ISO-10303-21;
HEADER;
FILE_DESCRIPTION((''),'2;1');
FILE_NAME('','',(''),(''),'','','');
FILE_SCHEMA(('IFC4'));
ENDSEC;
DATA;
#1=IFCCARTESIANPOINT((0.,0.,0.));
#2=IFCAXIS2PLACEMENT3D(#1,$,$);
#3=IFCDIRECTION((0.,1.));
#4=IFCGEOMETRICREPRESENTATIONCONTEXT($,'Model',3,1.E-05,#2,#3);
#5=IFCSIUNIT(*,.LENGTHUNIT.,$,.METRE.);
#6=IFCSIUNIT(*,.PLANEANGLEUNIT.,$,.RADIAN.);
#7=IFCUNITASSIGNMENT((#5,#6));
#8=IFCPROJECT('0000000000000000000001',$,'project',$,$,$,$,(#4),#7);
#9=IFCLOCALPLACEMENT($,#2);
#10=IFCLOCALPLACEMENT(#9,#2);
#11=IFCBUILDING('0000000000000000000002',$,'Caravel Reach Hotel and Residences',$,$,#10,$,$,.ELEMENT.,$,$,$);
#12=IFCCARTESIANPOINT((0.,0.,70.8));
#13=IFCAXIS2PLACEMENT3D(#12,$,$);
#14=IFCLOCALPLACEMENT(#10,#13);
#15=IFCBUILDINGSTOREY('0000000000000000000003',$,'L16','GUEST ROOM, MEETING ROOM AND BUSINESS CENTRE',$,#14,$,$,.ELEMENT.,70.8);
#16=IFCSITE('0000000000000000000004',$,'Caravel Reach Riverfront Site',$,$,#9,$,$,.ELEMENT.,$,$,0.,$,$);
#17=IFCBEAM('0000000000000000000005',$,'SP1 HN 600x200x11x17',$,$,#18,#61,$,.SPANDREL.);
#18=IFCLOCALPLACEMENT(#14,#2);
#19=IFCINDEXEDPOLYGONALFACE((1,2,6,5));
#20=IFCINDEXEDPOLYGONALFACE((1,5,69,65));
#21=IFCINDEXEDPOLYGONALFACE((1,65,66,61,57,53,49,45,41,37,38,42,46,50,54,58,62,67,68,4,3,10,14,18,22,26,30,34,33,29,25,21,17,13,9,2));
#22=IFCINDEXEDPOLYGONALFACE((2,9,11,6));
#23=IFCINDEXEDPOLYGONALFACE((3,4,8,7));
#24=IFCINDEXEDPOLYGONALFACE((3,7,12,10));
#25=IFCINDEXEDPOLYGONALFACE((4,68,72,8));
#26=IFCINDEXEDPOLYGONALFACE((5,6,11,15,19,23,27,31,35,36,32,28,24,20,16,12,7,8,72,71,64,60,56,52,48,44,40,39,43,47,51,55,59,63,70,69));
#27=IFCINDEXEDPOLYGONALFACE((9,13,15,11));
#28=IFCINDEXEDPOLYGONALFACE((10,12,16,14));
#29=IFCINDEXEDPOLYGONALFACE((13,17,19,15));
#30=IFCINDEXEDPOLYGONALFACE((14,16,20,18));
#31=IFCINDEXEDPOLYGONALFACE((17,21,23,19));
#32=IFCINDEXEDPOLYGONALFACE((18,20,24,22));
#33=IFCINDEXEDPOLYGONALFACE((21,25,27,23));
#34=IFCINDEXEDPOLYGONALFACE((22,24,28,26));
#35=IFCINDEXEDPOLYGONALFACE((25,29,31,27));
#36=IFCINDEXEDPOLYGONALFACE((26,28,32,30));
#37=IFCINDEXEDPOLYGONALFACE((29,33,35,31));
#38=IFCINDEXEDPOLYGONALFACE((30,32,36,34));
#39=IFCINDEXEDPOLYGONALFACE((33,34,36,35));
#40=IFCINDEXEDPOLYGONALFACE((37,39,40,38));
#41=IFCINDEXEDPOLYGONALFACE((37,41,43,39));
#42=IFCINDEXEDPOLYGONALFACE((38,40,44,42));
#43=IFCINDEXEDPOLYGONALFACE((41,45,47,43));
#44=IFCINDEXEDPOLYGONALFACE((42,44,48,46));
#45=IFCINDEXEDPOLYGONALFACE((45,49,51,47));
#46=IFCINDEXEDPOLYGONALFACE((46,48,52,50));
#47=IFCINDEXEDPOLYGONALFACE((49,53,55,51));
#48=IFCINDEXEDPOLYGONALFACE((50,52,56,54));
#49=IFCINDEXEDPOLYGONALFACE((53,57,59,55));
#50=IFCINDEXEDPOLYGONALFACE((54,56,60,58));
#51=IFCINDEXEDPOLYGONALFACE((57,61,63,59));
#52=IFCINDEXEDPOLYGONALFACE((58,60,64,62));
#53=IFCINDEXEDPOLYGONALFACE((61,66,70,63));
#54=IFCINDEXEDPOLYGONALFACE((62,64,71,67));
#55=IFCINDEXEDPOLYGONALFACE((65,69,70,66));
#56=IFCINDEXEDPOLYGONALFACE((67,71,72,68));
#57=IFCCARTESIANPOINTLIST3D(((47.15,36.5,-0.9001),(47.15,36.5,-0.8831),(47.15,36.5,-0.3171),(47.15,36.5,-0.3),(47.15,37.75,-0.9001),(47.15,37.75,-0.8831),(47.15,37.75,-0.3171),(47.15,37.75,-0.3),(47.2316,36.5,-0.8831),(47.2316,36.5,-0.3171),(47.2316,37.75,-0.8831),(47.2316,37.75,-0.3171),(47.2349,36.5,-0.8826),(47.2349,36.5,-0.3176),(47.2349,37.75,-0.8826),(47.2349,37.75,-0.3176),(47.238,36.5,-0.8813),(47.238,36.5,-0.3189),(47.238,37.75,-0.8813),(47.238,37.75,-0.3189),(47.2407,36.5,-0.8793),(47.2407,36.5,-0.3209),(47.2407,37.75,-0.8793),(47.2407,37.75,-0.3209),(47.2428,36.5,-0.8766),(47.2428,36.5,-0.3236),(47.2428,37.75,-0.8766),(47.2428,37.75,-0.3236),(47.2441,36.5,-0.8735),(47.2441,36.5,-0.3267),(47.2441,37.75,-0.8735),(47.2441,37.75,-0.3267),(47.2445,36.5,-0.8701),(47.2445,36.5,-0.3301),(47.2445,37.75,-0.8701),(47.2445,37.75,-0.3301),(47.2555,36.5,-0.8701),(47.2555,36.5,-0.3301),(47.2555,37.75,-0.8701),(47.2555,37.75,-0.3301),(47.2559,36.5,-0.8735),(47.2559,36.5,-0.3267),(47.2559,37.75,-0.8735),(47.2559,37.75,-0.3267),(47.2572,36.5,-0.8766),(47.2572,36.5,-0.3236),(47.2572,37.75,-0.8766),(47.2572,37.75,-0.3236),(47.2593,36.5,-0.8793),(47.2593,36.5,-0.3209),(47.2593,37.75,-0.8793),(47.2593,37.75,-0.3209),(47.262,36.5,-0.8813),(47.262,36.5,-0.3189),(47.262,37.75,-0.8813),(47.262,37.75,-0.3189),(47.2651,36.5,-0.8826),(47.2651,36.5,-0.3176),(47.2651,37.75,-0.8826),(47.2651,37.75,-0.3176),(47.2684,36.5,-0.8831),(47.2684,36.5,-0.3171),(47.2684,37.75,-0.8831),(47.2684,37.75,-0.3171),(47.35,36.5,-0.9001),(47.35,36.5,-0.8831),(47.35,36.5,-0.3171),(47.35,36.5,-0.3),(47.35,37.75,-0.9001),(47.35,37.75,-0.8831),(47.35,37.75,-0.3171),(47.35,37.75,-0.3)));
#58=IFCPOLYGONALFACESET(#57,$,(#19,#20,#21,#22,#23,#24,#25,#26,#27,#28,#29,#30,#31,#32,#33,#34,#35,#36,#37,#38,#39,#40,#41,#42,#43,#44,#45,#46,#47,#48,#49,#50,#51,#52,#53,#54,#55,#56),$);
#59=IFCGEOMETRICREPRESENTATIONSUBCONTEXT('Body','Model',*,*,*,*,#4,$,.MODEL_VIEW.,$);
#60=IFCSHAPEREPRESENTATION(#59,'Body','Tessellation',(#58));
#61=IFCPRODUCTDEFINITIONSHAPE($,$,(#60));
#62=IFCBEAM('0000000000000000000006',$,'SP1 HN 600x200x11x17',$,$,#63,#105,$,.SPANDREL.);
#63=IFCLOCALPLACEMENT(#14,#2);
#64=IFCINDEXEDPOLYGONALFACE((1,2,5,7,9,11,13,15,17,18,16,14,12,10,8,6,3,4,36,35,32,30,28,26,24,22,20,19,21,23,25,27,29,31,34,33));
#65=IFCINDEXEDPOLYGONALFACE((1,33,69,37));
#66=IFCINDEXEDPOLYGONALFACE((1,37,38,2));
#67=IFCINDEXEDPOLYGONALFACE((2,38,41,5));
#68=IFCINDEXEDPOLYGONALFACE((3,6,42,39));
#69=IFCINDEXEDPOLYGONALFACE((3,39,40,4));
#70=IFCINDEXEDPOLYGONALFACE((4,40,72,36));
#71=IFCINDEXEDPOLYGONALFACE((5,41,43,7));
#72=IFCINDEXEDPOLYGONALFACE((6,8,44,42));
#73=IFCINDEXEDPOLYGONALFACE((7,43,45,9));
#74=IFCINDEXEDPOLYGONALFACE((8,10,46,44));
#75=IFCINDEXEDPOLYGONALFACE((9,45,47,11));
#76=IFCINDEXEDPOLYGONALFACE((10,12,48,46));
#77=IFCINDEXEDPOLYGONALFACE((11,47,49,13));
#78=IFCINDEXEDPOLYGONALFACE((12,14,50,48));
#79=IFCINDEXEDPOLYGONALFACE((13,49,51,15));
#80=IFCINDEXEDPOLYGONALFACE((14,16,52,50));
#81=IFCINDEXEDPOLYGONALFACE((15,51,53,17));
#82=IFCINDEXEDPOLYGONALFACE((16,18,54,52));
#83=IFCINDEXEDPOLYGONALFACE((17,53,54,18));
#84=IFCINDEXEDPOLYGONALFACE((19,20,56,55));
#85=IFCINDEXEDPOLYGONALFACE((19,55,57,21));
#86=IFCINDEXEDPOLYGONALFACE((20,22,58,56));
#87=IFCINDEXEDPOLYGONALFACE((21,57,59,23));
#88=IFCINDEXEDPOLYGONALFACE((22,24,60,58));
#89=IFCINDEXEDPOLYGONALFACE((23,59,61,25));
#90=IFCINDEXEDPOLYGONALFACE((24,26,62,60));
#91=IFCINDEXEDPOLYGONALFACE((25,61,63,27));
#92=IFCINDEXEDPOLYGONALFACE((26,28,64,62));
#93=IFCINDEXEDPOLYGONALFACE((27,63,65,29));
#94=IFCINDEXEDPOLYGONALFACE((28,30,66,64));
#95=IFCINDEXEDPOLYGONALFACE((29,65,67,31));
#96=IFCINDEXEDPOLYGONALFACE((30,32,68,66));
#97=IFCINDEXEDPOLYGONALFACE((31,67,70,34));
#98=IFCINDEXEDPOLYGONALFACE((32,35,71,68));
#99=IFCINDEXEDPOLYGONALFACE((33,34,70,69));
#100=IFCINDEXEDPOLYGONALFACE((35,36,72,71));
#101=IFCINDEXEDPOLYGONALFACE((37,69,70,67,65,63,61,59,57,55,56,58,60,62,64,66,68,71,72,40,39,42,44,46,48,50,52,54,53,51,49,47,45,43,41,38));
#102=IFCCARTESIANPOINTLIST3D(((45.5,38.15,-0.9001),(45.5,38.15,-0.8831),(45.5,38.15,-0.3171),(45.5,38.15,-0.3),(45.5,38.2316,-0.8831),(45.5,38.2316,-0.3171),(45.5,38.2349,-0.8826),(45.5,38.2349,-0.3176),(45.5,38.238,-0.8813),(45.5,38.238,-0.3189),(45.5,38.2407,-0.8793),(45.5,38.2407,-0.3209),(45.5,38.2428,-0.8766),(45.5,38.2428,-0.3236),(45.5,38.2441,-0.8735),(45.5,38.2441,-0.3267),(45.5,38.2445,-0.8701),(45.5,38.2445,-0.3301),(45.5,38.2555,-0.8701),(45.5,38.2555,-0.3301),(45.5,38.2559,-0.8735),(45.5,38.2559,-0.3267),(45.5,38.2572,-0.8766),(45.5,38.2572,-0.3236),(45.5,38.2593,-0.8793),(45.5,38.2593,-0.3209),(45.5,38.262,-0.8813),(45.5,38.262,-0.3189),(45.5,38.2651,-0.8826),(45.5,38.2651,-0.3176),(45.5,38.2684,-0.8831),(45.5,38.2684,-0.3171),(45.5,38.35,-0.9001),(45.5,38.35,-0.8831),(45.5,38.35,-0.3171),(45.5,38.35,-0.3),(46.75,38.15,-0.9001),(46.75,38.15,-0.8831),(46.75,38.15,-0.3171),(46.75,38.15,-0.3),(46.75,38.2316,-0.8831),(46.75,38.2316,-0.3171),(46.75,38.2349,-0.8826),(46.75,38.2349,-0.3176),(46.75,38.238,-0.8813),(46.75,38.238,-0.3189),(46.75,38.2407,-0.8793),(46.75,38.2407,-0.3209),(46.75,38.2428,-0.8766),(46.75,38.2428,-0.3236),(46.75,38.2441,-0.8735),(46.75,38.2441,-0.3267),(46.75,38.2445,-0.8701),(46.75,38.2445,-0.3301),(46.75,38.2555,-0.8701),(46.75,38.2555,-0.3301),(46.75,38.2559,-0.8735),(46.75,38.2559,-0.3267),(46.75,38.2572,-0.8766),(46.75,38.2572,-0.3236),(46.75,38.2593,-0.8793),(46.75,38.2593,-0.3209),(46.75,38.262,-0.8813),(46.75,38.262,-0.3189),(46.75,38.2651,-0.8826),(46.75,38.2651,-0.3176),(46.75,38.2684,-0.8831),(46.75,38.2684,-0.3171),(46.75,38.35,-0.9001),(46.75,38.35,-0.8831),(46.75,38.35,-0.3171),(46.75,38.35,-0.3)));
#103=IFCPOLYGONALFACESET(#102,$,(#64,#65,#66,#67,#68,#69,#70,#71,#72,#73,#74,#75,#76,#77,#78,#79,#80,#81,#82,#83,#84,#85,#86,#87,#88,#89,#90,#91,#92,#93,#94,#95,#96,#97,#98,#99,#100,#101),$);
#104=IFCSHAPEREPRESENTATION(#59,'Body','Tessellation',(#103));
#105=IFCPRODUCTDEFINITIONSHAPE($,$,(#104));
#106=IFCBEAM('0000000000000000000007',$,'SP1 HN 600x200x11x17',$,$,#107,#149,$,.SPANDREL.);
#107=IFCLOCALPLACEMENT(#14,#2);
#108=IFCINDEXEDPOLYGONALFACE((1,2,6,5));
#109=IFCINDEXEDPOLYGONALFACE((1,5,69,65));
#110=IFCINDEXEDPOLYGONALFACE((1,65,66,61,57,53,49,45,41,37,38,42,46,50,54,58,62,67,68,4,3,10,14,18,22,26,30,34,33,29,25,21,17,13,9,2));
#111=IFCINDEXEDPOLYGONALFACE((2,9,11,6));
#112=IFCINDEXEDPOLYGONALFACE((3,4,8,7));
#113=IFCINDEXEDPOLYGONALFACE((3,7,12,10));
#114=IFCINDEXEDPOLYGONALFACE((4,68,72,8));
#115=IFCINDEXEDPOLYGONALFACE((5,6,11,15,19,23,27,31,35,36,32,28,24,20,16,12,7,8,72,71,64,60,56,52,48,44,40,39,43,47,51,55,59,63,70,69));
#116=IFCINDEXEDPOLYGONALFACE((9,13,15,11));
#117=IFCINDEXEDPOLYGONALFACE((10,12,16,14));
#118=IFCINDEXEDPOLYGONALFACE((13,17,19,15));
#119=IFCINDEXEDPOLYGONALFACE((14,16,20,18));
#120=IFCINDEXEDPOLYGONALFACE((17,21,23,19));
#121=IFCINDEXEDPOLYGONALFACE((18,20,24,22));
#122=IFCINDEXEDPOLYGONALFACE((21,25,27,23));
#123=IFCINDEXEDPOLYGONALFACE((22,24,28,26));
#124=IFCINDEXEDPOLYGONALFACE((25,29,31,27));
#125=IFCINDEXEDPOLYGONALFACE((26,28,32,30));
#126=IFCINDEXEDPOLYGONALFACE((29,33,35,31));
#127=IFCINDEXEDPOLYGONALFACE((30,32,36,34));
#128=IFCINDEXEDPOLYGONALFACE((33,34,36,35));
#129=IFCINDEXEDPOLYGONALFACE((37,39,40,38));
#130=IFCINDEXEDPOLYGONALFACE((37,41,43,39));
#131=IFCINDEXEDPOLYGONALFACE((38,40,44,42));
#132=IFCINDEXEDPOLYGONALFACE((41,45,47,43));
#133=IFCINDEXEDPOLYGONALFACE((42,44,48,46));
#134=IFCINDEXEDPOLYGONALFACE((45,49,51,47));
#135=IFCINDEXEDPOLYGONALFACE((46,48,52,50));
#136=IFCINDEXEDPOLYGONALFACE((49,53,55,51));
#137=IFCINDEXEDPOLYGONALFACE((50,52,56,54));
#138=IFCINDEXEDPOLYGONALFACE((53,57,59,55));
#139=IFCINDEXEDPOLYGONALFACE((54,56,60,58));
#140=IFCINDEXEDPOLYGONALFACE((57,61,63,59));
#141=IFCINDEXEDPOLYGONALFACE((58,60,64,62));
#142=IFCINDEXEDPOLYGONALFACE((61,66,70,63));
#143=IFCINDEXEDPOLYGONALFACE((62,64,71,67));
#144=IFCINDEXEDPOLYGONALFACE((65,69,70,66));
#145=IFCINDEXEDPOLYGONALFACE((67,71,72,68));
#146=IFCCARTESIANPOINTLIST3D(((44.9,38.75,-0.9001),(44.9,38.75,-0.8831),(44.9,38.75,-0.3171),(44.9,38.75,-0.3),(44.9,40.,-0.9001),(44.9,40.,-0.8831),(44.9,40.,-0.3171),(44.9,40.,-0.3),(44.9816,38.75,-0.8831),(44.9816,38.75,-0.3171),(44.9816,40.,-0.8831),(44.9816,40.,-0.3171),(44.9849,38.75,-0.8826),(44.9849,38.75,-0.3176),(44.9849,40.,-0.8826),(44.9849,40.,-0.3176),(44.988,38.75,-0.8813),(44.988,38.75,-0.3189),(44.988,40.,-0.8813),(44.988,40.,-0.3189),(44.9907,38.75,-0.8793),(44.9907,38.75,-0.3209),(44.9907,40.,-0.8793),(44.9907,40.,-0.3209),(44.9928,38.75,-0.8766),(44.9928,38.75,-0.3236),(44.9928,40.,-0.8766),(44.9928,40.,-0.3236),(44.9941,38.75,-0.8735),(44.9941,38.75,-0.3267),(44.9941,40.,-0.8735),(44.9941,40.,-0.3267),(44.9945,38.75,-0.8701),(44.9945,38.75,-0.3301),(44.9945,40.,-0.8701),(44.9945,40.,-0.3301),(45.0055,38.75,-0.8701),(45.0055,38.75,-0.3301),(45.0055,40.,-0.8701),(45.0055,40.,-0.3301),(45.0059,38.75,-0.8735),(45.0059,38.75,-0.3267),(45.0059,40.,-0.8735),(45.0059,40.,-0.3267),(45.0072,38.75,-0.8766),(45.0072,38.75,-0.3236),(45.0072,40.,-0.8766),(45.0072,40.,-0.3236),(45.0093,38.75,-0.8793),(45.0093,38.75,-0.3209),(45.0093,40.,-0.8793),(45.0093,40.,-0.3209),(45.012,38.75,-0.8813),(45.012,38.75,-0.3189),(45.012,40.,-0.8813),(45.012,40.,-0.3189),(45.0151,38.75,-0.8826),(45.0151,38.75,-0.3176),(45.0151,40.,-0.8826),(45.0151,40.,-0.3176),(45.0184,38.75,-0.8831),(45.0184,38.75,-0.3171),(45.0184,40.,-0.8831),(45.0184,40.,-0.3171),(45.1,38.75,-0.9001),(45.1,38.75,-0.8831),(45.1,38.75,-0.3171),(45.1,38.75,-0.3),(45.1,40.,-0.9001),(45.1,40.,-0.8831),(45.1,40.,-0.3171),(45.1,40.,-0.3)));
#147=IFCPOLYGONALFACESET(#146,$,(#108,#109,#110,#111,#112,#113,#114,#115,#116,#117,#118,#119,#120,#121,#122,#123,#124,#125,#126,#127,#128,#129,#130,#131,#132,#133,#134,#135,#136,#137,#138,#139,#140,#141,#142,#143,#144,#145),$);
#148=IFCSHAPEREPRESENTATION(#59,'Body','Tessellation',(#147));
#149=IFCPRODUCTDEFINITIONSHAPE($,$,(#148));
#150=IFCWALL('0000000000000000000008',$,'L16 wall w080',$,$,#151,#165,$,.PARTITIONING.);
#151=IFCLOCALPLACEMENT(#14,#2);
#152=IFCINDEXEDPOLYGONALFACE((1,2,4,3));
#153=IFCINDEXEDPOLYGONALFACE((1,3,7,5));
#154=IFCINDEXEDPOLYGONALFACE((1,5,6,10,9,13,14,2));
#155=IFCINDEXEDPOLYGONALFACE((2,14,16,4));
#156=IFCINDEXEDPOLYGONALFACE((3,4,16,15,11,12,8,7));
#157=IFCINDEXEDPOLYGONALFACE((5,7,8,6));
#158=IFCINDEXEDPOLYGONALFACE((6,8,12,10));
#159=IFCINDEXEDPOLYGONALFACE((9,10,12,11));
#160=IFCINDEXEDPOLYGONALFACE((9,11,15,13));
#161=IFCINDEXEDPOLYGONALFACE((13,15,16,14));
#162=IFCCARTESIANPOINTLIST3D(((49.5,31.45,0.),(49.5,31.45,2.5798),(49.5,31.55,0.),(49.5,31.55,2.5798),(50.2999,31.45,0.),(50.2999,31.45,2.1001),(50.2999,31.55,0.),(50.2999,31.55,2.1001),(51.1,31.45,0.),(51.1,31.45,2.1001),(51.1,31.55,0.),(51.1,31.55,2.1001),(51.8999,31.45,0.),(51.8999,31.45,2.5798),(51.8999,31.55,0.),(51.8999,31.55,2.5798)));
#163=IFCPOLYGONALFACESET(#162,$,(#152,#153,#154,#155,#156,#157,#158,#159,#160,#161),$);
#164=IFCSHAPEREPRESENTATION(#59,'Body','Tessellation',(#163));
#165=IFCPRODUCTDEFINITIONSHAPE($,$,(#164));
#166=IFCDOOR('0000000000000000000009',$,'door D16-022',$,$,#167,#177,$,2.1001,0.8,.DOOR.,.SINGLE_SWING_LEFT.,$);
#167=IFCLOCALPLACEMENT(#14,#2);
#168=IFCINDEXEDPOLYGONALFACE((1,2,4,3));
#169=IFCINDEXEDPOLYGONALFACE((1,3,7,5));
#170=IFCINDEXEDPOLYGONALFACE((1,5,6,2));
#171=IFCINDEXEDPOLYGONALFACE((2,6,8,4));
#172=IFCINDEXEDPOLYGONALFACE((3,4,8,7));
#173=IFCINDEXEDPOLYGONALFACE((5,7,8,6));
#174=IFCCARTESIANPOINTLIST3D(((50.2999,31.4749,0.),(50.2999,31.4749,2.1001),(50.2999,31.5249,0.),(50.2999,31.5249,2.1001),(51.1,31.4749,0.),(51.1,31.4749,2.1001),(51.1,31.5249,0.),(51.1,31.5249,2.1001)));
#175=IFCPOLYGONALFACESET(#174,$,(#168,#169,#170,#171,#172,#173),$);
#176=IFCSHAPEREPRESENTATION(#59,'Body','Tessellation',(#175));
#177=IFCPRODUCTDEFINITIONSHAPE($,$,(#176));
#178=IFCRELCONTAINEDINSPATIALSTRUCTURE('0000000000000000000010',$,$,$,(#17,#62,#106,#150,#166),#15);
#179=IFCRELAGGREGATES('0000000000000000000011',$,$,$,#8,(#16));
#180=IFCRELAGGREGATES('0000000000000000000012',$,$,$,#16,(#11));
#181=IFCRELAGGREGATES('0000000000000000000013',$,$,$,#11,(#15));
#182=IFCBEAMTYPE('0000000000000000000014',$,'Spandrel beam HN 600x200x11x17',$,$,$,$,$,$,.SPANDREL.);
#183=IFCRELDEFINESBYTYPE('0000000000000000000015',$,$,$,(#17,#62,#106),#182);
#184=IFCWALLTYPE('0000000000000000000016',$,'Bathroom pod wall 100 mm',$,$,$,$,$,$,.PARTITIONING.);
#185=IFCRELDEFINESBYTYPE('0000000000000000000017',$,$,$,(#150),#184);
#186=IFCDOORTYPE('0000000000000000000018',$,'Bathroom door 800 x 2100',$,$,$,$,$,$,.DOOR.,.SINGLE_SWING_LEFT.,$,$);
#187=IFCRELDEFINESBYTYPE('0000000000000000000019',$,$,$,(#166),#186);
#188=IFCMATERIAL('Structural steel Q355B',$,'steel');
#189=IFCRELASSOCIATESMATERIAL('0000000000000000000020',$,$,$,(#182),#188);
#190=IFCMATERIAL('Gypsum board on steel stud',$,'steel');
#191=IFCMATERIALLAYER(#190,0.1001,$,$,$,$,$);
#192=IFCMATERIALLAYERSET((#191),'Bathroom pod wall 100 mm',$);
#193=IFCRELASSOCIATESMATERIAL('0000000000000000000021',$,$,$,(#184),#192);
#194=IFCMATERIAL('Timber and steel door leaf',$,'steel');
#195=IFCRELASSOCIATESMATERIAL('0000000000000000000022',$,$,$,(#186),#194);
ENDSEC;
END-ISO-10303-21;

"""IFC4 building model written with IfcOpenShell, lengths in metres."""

from ifc_helpers import new_model, si_unit, direction, frame, frame_2d, origin, origin_2d, place, context, subcontext, project, spatial, rectangle, i_section, extrude, material, layer, layer_set, material_profile, profile_set, type_object, element, fill, save


model = new_model("IFC4")

# Units and contexts
model_context = context("Model", 3, precision=1e-05, world=origin(), true_north=direction((0.0, 1.0)))
body_context = subcontext(model_context, "Body", "Model", "MODEL_VIEW")
ifc_project = project(units=[si_unit("LENGTHUNIT", "METRE"), si_unit("PLANEANGLEUNIT", "RADIAN")], contexts=[model_context])

# Site, building, storey
site_placement = place(None, origin())
site = spatial("IfcSite", under=ifc_project, at=site_placement, Name="Caravel Reach Riverfront Site", CompositionType="ELEMENT", RefElevation=0.0)
building_placement = place(site_placement, origin())
building = spatial("IfcBuilding", under=site, at=building_placement, Name="Caravel Reach Hotel and Residences", CompositionType="ELEMENT")
storey_placement = place(building_placement, frame((0.0, 0.0, 70.8)))
storey = spatial("IfcBuildingStorey", under=building, at=storey_placement, Name="L16", Description="GUEST ROOM, MEETING ROOM AND BUSINESS CENTRE", CompositionType="ELEMENT", Elevation=70.8)

# Beams
ifc_material_1 = material(Name="Structural steel Q355B", Category="steel")
ifc_material_profile_1 = material_profile(ifc_material_1, i_section(OverallWidth=0.2, OverallDepth=0.6001, WebThickness=0.011, FlangeThickness=0.0171, FilletRadius=0.0129, at=origin_2d()), Name="HN 600x200x11x17")
ifc_profile_set_1 = profile_set([ifc_material_profile_1], Name="Structural steel Q355B")
beam_type_1 = type_object("IfcBeamType", Name="Spandrel beam HN 600x200x11x17", PredefinedType="SPANDREL", material=ifc_profile_set_1)
for number, where, z_axis, x_axis, name in (
    (1, (47.25, 36.5, -0.6001), (0.0, 1.0, 0.0), (-1.0, 0.0, 0.0), "SP1 HN 600x200x11x17"),
    (2, (46.75, 38.25, -0.6001), (-1.0, 0.0, 0.0), (0.0, -1.0, 0.0), "SP1 HN 600x200x11x17"),
    (3, (45.0, 38.75, -0.6001), (0.0, 1.0, 0.0), (-1.0, 0.0, 0.0), "SP1 HN 600x200x11x17"),
):
    element("IfcBeam", number, at=place(storey_placement, frame(where, z_axis=z_axis, x_axis=x_axis)), inside=storey, type_object=beam_type_1, Name=name, PredefinedType="SPANDREL", context=body_context, shape_type="SweptSolid", body=[
        extrude(i_section(OverallWidth=0.2, OverallDepth=0.6001, WebThickness=0.011, FlangeThickness=0.0171, FilletRadius=0.0129, at=origin_2d()), origin(), (0.0, 0.0, 1.0), 1.25),
    ])

# Wall, opening, door
ifc_material_2 = material(Name="Gypsum board on steel stud", Category="steel")
ifc_layer_1 = layer(ifc_material_2, 0.1001)
ifc_layer_set_1 = layer_set([ifc_layer_1], Name="Bathroom pod wall 100 mm")
wall_type_1 = type_object("IfcWallType", Name="Bathroom pod wall 100 mm", PredefinedType="PARTITIONING", material=ifc_layer_set_1)
wall_1_placement = place(storey_placement, frame((49.5, 31.5, 0.0), z_axis=(0.0, 0.0, 1.0), x_axis=(1.0, 0.0, 0.0)))
wall_1 = element("IfcWall", 4, at=wall_1_placement, inside=storey, type_object=wall_type_1, Name="L16 wall w080", PredefinedType="PARTITIONING", context=body_context, shape_type="SweptSolid", body=[
    extrude(rectangle(XDim=2.3999, YDim=0.1001, at=frame_2d((1.2, 0.0))), origin(), (0.0, 0.0, 1.0), 2.5798),
])
opening_1_placement = place(wall_1_placement, frame((0.8, 0.0, 0.0)))
opening_1 = element("IfcOpeningElement", 5, at=opening_1_placement, cuts=wall_1, PredefinedType="OPENING", context=body_context, shape_type="SweptSolid", body=[
    extrude(rectangle(XDim=0.8, YDim=2.1001, at=frame_2d((0.3999, 1.05))), frame((0.0, 0.0601, 0.0), z_axis=(0.0, -1.0, 0.0), x_axis=(1.0, 0.0, 0.0)), (0.0, 0.0, 1.0), 0.1201),
])
ifc_material_3 = material(Name="Timber and steel door leaf", Category="steel")
door_type_1 = type_object("IfcDoorType", Name="Bathroom door 800 x 2100", OperationType="SINGLE_SWING_LEFT", PredefinedType="DOOR", material=ifc_material_3)
door_1_placement = place(opening_1_placement, origin())
door_1 = element("IfcDoor", 6, at=door_1_placement, inside=storey, type_object=door_type_1, Name="door D16-022", OperationType="SINGLE_SWING_LEFT", OverallHeight=2.1001, OverallWidth=0.8, PredefinedType="DOOR", context=body_context, shape_type="SweptSolid", body=[
    extrude(rectangle(XDim=0.8, YDim=2.1001, at=frame_2d((0.3999, 1.05))), frame((0.0, 0.0249, 0.0), z_axis=(0.0, -1.0, 0.0), x_axis=(1.0, 0.0, 0.0)), (0.0, 0.0, 1.0), 0.05),
])
fill(opening_1, door_1)

save(model, "model.ifc")
